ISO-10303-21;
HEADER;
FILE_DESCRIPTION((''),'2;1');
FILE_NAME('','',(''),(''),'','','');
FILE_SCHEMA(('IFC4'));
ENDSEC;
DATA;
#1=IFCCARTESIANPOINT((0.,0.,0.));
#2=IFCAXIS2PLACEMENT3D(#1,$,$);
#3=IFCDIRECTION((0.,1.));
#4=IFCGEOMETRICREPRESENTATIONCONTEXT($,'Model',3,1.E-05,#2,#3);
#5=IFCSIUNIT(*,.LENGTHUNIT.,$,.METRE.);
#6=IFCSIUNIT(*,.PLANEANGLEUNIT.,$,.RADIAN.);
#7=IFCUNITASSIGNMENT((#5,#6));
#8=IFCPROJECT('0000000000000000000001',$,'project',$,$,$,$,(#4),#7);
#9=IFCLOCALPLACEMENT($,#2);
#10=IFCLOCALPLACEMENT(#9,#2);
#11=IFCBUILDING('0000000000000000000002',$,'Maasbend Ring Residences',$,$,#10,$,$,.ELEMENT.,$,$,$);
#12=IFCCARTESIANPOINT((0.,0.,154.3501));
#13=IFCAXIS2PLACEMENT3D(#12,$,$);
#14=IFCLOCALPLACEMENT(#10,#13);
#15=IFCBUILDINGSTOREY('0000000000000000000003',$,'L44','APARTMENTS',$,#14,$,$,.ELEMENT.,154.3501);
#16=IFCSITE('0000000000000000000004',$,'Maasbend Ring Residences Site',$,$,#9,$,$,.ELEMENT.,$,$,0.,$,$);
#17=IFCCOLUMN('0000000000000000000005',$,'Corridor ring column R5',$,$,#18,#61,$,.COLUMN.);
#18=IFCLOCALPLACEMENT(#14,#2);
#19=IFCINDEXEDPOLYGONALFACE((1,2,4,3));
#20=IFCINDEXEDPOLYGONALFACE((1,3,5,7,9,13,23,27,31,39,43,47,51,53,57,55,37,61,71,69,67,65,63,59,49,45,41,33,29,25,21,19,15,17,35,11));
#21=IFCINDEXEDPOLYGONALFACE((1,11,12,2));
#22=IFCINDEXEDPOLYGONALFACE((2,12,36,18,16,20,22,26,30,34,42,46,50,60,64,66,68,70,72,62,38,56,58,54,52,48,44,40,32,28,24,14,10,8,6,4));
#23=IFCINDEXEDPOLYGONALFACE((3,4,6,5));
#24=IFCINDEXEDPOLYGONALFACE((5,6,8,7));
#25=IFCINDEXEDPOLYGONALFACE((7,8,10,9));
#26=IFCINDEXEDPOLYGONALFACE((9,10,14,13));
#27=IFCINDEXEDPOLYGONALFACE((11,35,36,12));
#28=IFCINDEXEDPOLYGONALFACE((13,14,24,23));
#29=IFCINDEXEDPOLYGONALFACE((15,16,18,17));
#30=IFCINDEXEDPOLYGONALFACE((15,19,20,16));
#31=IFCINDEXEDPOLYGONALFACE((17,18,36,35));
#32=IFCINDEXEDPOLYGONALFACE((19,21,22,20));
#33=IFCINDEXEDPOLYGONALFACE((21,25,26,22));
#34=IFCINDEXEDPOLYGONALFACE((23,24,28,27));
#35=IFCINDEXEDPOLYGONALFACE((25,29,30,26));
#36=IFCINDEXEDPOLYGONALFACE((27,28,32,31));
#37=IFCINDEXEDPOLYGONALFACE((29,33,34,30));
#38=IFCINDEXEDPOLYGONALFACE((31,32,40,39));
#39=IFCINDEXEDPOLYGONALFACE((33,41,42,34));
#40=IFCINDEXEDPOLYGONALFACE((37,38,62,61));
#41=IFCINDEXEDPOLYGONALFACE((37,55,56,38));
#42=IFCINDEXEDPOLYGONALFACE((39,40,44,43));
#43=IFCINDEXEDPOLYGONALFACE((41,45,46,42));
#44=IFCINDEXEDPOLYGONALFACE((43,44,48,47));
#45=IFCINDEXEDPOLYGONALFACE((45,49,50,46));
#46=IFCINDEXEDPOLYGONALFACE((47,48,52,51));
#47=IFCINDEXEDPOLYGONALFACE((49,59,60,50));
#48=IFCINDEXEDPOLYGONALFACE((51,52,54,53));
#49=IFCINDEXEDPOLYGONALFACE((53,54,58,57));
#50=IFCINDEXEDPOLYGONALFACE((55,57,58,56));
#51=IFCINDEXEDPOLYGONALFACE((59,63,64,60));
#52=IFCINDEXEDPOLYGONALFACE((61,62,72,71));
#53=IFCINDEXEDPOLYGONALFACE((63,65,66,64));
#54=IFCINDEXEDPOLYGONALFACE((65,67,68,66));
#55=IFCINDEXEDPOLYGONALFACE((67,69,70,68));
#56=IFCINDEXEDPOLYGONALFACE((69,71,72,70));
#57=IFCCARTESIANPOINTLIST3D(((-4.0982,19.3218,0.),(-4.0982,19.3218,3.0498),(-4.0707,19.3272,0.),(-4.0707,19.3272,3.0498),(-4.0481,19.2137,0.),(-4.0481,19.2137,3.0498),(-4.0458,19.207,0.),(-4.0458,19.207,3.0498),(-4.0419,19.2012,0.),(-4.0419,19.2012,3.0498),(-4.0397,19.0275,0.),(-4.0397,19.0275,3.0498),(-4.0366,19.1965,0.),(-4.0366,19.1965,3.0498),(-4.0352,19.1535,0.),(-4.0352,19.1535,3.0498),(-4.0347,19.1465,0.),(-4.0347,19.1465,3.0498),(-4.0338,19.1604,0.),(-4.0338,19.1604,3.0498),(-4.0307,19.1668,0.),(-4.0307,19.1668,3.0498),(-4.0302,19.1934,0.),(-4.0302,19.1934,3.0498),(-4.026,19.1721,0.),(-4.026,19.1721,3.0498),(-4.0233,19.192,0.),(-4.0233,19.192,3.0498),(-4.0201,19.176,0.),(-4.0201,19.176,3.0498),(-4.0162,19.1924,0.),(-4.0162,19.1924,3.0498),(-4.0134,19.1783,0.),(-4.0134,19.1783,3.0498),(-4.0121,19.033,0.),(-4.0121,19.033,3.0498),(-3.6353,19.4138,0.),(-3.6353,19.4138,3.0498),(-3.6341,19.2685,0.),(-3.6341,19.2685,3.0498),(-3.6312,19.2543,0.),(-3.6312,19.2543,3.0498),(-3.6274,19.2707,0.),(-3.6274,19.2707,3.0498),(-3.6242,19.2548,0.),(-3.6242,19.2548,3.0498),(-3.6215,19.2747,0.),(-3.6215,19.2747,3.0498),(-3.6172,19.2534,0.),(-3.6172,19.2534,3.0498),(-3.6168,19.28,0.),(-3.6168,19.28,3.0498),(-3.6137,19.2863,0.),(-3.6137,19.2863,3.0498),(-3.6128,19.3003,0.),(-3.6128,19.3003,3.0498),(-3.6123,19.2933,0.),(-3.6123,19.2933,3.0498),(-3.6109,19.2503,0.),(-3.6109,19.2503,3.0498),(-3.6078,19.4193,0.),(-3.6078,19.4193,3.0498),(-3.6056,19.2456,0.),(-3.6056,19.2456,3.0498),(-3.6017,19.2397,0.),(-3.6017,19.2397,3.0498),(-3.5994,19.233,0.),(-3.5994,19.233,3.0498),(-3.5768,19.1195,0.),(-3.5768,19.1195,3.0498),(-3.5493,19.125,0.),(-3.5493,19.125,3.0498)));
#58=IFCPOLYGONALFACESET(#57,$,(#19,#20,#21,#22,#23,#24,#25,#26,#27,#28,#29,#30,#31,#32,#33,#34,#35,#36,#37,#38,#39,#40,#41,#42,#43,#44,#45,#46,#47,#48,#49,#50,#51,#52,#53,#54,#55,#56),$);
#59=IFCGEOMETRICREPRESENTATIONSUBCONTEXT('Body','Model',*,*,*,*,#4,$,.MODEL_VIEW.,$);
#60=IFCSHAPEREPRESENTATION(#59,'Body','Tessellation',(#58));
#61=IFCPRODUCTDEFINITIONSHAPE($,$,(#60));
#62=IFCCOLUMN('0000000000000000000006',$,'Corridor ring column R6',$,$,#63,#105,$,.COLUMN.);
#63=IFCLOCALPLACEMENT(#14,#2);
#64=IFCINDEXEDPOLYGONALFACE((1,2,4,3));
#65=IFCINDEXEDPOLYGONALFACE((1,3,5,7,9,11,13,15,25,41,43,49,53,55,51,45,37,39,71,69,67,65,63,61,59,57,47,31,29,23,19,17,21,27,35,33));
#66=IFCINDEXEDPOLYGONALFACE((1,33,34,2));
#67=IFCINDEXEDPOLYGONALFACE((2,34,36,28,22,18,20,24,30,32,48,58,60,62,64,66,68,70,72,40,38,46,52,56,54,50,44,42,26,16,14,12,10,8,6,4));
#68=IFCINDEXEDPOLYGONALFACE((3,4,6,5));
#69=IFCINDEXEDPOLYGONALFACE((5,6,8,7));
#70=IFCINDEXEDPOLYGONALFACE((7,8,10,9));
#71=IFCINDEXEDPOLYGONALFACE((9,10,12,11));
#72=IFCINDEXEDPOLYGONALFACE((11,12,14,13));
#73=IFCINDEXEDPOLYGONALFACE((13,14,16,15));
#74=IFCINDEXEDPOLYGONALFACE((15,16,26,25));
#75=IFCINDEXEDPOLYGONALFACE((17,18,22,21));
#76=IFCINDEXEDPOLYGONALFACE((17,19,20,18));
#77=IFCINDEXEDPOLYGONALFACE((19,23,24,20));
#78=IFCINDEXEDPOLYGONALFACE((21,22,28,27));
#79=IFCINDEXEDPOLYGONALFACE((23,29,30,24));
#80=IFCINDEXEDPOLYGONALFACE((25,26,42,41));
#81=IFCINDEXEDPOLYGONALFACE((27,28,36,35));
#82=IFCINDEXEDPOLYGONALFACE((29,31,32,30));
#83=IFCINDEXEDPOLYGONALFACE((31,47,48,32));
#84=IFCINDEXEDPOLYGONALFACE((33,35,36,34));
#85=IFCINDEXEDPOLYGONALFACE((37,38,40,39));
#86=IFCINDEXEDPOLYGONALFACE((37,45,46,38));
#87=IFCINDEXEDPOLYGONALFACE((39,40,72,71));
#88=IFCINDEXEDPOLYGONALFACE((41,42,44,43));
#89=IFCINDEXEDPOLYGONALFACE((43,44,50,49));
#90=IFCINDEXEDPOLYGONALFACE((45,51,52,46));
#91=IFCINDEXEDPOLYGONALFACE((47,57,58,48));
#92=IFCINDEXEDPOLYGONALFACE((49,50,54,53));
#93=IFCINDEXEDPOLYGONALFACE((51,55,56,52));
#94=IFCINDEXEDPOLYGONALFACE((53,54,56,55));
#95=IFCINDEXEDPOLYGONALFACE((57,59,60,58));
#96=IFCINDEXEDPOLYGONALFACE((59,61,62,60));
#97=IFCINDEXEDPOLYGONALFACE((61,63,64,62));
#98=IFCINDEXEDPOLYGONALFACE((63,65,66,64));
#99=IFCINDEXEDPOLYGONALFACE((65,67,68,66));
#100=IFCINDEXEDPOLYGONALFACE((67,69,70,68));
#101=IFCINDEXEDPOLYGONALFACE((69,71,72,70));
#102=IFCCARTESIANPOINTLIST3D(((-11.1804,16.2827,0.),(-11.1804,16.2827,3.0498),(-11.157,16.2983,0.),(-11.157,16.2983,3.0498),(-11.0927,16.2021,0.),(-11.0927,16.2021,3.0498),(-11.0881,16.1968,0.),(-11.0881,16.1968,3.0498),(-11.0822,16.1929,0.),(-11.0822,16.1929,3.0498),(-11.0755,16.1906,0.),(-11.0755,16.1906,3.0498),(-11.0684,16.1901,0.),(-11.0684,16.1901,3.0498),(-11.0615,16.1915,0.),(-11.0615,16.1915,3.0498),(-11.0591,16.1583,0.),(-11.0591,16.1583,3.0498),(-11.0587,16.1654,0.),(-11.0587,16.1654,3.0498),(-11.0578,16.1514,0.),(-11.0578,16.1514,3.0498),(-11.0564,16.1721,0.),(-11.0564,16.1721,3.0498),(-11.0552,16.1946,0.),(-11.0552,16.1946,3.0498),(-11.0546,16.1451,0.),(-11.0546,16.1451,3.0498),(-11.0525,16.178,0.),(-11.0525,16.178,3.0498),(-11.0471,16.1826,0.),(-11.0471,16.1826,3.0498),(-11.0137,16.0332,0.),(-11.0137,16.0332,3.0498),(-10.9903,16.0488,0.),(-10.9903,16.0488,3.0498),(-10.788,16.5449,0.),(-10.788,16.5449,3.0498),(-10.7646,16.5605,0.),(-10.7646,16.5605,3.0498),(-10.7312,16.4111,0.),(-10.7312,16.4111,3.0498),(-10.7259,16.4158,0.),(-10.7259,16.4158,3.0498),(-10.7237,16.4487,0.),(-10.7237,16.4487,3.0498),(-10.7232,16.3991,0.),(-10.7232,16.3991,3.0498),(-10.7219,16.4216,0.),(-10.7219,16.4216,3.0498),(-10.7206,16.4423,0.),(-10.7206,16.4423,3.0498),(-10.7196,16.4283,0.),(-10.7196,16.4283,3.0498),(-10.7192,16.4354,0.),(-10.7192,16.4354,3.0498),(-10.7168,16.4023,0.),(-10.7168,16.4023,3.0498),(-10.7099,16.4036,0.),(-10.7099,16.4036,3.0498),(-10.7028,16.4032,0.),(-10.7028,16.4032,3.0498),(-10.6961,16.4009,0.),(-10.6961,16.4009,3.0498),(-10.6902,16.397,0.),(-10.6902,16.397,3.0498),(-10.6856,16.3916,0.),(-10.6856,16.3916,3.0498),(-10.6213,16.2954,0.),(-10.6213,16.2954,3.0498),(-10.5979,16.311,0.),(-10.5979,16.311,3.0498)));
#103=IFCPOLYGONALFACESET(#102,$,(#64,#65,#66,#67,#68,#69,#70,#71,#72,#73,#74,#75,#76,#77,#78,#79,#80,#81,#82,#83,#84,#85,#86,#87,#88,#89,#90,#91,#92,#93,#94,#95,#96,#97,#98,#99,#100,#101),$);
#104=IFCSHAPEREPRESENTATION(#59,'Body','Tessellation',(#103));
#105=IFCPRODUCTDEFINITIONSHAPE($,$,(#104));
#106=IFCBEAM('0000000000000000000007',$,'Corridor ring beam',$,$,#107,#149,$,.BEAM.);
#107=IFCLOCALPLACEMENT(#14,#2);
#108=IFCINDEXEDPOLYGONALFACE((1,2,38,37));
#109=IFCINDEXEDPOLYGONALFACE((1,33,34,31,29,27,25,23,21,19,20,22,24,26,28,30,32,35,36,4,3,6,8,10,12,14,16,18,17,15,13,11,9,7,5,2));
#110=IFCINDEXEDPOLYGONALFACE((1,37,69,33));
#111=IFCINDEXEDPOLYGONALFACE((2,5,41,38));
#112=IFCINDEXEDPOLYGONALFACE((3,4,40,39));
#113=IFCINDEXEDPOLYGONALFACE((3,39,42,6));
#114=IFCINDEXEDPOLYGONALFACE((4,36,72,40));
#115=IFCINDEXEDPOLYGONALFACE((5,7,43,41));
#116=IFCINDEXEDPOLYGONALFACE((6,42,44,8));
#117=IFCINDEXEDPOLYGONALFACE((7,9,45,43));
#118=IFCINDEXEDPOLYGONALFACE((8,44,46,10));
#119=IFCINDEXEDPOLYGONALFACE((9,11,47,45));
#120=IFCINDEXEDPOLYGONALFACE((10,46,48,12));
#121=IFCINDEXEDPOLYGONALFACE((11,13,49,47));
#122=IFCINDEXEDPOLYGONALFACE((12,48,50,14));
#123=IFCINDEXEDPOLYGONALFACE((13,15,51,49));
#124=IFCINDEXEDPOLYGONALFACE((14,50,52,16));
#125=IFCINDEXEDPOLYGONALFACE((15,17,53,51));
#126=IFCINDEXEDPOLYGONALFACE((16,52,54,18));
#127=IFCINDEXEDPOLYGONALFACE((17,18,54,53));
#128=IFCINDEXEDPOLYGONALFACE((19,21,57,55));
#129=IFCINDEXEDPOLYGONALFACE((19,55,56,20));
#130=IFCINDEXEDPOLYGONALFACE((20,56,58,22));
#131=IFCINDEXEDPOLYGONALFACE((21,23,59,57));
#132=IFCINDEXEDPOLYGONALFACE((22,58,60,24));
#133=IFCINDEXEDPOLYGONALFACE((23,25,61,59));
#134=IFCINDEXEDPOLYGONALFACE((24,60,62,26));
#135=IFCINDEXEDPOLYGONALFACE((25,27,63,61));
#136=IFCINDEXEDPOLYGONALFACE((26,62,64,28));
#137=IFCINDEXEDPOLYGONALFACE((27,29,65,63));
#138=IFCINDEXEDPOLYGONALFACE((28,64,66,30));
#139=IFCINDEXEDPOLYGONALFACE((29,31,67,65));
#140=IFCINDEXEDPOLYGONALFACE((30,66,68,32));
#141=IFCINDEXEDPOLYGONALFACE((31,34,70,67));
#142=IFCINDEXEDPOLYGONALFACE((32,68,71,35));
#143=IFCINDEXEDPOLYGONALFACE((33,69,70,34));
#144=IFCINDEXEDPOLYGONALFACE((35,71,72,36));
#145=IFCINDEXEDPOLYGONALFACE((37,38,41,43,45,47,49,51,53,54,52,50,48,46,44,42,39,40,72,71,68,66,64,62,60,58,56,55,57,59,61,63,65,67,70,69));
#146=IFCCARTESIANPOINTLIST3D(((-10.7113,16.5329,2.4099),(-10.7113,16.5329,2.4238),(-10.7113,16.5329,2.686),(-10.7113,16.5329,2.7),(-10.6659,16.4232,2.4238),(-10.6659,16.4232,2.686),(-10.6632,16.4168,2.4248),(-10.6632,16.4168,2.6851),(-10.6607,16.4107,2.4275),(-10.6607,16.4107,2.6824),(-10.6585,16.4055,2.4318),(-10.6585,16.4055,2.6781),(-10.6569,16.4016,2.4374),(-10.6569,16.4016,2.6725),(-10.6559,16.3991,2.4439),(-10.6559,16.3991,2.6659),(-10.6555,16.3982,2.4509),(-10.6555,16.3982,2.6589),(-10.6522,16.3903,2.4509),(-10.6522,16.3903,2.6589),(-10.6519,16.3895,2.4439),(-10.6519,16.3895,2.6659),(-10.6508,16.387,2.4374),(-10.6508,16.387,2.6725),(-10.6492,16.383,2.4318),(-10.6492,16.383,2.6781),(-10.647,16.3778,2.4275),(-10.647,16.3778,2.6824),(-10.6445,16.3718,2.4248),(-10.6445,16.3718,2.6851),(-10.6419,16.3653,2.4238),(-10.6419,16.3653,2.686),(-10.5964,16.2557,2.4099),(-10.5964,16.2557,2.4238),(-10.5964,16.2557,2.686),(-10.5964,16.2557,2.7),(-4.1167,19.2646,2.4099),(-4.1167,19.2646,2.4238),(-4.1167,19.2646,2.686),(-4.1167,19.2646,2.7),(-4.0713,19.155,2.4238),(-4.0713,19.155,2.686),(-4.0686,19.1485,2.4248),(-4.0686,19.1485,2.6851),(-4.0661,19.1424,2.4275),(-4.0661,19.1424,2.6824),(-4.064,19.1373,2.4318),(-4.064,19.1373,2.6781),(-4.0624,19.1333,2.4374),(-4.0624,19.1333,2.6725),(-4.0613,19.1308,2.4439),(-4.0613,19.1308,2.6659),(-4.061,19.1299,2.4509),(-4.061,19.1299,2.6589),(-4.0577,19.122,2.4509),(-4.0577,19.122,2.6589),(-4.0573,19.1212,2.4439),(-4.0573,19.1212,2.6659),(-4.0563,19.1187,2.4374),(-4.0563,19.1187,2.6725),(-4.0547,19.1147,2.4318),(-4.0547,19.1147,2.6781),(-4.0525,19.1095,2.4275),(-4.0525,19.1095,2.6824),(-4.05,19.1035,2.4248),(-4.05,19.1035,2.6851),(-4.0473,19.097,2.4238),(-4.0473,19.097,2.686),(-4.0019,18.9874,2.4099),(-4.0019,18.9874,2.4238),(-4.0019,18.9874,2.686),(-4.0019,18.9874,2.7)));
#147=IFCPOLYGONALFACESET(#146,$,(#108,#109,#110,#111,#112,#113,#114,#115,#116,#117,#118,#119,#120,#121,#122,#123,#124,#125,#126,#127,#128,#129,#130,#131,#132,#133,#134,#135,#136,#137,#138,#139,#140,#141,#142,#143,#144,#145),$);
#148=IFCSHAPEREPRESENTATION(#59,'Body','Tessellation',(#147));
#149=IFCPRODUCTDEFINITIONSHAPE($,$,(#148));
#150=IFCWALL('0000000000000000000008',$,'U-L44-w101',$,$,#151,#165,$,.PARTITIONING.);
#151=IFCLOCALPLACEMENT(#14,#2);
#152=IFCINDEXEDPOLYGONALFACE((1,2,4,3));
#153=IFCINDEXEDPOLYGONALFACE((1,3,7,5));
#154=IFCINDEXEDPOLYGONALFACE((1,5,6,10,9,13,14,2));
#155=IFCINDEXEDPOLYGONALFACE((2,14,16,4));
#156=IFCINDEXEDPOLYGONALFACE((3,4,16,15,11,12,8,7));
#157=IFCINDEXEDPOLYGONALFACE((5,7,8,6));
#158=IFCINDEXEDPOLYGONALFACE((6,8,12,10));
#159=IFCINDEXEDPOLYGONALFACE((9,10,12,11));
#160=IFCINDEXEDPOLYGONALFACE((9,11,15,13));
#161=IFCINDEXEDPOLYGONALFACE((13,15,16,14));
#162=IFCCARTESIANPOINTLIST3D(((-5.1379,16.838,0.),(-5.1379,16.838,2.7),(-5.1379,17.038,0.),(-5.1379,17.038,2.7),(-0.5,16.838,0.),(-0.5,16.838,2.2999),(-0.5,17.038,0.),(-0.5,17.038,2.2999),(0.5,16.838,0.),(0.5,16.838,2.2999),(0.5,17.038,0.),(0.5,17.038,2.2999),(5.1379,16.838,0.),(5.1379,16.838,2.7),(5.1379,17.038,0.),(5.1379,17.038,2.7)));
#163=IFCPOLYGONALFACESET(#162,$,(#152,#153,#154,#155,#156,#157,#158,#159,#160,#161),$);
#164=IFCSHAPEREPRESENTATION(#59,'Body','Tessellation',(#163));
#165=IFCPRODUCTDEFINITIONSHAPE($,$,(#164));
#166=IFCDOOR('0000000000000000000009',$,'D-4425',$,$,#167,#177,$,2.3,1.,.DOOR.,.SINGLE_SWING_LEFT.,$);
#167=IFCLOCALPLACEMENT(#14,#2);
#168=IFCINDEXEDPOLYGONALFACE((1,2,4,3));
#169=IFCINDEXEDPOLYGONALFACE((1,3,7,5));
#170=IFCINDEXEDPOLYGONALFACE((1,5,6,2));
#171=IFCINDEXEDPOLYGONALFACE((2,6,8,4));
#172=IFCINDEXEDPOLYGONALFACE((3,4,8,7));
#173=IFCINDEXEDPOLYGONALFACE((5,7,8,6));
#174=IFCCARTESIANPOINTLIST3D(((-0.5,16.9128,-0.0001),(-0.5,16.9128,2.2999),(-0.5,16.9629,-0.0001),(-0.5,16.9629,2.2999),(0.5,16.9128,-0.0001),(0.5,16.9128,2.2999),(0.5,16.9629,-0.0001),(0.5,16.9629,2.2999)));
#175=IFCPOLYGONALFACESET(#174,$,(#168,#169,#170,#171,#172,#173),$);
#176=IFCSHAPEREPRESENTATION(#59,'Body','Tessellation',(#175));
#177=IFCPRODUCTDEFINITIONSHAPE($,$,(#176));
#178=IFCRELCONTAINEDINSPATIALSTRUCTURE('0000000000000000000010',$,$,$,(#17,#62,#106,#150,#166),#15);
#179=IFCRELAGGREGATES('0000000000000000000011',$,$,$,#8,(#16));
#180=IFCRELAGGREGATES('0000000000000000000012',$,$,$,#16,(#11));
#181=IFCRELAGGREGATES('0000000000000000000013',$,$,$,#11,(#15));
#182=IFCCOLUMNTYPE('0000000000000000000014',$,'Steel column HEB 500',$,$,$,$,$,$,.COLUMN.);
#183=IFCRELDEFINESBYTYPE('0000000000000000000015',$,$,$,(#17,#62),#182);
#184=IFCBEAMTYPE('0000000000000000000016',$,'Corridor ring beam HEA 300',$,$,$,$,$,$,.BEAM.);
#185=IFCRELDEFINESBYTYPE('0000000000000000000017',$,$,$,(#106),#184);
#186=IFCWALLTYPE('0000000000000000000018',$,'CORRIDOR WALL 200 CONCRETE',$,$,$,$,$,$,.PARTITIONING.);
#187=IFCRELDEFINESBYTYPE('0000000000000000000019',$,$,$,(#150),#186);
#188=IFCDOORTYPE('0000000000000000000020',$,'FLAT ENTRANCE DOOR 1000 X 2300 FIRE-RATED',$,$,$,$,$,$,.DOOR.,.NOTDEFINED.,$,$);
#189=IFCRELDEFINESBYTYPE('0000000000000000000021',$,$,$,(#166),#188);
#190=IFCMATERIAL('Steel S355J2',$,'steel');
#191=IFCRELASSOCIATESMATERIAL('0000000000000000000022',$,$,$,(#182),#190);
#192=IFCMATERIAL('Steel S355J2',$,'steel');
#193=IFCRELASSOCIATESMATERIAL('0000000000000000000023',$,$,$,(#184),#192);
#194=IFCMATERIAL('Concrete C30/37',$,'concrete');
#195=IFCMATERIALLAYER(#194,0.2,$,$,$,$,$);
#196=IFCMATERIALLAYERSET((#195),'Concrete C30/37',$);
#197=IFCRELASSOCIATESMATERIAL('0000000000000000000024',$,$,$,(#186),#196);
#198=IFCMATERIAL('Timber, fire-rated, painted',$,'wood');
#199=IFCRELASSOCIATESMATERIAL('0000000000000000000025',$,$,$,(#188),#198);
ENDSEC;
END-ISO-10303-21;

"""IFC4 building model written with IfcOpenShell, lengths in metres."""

from ifc_helpers import new_model, si_unit, direction, frame, frame_2d, origin, origin_2d, place, context, subcontext, project, spatial, rectangle, i_section, extrude, material, layer, layer_set, material_profile, profile_set, type_object, element, fill, save


model = new_model("IFC4")

# Units and contexts
model_context = context("Model", 3, precision=1e-05, world=origin(), true_north=direction((0.0, 1.0)))
body_context = subcontext(model_context, "Body", "Model", "MODEL_VIEW")
ifc_project = project(units=[si_unit("LENGTHUNIT", "METRE"), si_unit("PLANEANGLEUNIT", "RADIAN")], contexts=[model_context])

# Site, building, storey
site_placement = place(None, origin())
site = spatial("IfcSite", under=ifc_project, at=site_placement, Name="Maasbend Ring Residences Site", CompositionType="ELEMENT", RefElevation=0.0)
building_placement = place(site_placement, origin())
building = spatial("IfcBuilding", under=site, at=building_placement, Name="Maasbend Ring Residences", CompositionType="ELEMENT")
storey_placement = place(building_placement, frame((0.0, 0.0, 154.3501)))
storey = spatial("IfcBuildingStorey", under=building, at=storey_placement, Name="L44", Description="APARTMENTS", CompositionType="ELEMENT", Elevation=154.3501)

# Columns
ifc_material_1 = material(Name="Steel S355J2", Category="steel")
ifc_material_profile_1 = material_profile(ifc_material_1, i_section(OverallWidth=0.3, OverallDepth=0.5, WebThickness=0.0144, FlangeThickness=0.0281, FilletRadius=0.0271, at=origin_2d()), Name="HEB 500")
ifc_profile_set_1 = profile_set([ifc_material_profile_1], Name="Steel S355J2")
column_type = type_object("IfcColumnType", Name="Steel column HEB 500", PredefinedType="COLUMN", material=ifc_profile_set_1)
for number, where, z_axis, x_axis, name in (
    (1, (-3.8237, 19.2234, 0.0), (0.0, 0.0, 1.0), (-0.19509, 0.980785, 0.0), "Corridor ring column R5"),
    (2, (-10.8892, 16.2969, 0.0), (0.0, 0.0, 1.0), (-0.55557, 0.83147, 0.0), "Corridor ring column R6"),
):
    element("IfcColumn", number, at=place(storey_placement, frame(where, z_axis=z_axis, x_axis=x_axis)), inside=storey, type_object=column_type, Name=name, PredefinedType="COLUMN", context=body_context, shape_type="SweptSolid", body=[
        extrude(i_section(OverallWidth=0.3, OverallDepth=0.5, WebThickness=0.0144, FlangeThickness=0.0281, FilletRadius=0.0271, at=origin_2d()), origin(), (0.0, 0.0, 1.0), 3.0498),
    ])

# Beam
ifc_material_2 = material(Name="Steel S355J2", Category="steel")
ifc_material_profile_2 = material_profile(ifc_material_2, i_section(OverallWidth=0.3, OverallDepth=0.29, WebThickness=0.0085, FlangeThickness=0.0139, FilletRadius=0.0271, at=origin_2d()), Name="HEA 300")
ifc_profile_set_2 = profile_set([ifc_material_profile_2], Name="Steel S355J2")
beam_type = type_object("IfcBeamType", Name="Corridor ring beam HEA 300", PredefinedType="BEAM", material=ifc_profile_set_2)
beam_placement = place(storey_placement, frame((-4.0593, 19.126, 2.5549), z_axis=(-0.923871, -0.382703, 0.0), x_axis=(0.382703, -0.923871, 0.0)))
element("IfcBeam", 3, at=beam_placement, inside=storey, type_object=beam_type, Name="Corridor ring beam", PredefinedType="BEAM", context=body_context, shape_type="SweptSolid", body=[
    extrude(i_section(OverallWidth=0.3, OverallDepth=0.29, WebThickness=0.0085, FlangeThickness=0.0139, FilletRadius=0.0271, at=origin_2d()), origin(), (0.0, 0.0, 1.0), 7.1379),
])

# Wall, opening, door
ifc_material_3 = material(Name="Concrete C30/37", Category="concrete")
ifc_layer_1 = layer(ifc_material_3, 0.2)
ifc_layer_set_1 = layer_set([ifc_layer_1], Name="Concrete C30/37")
wall_type_1 = type_object("IfcWallType", Name="CORRIDOR WALL 200 CONCRETE", PredefinedType="PARTITIONING", material=ifc_layer_set_1)
wall_1_placement = place(storey_placement, frame((-5.1379, 16.938, 0.0), z_axis=(0.0, 0.0, 1.0), x_axis=(1.0, 0.0, 0.0)))
wall_1 = element("IfcWall", 4, at=wall_1_placement, inside=storey, type_object=wall_type_1, Name="U-L44-w101", PredefinedType="PARTITIONING", context=body_context, shape_type="SweptSolid", body=[
    extrude(rectangle(XDim=10.2759, YDim=0.2, at=frame_2d((5.1379, 0.0))), origin(), (0.0, 0.0, 1.0), 2.7),
])
opening_1_placement = place(wall_1_placement, frame((4.6379, 0.0, 0.0)))
opening_1 = element("IfcOpeningElement", 5, at=opening_1_placement, cuts=wall_1, PredefinedType="OPENING", context=body_context, shape_type="SweptSolid", body=[
    extrude(rectangle(XDim=1.0, YDim=2.3, at=frame_2d((0.5, 1.1499))), frame((0.0, 0.1099, 0.0), z_axis=(0.0, -1.0, 0.0), x_axis=(1.0, 0.0, 0.0)), (0.0, 0.0, 1.0), 0.22),
])
ifc_material_4 = material(Name="Timber, fire-rated, painted", Category="wood")
door_type_1 = type_object("IfcDoorType", Name="FLAT ENTRANCE DOOR 1000 X 2300 FIRE-RATED", OperationType="NOTDEFINED", PredefinedType="DOOR", material=ifc_material_4)
door_1_placement = place(opening_1_placement, origin())
door_1 = element("IfcDoor", 6, at=door_1_placement, inside=storey, type_object=door_type_1, Name="D-4425", OperationType="SINGLE_SWING_LEFT", OverallHeight=2.3, OverallWidth=1.0, PredefinedType="DOOR", context=body_context, shape_type="SweptSolid", body=[
    extrude(rectangle(XDim=1.0, YDim=2.3, at=frame_2d((0.5, 1.1499))), frame((0.0, 0.0249, 0.0), z_axis=(0.0, -1.0, 0.0), x_axis=(1.0, 0.0, 0.0)), (0.0, 0.0, 1.0), 0.05),
])
fill(opening_1, door_1)

save(model, "model.ifc")
